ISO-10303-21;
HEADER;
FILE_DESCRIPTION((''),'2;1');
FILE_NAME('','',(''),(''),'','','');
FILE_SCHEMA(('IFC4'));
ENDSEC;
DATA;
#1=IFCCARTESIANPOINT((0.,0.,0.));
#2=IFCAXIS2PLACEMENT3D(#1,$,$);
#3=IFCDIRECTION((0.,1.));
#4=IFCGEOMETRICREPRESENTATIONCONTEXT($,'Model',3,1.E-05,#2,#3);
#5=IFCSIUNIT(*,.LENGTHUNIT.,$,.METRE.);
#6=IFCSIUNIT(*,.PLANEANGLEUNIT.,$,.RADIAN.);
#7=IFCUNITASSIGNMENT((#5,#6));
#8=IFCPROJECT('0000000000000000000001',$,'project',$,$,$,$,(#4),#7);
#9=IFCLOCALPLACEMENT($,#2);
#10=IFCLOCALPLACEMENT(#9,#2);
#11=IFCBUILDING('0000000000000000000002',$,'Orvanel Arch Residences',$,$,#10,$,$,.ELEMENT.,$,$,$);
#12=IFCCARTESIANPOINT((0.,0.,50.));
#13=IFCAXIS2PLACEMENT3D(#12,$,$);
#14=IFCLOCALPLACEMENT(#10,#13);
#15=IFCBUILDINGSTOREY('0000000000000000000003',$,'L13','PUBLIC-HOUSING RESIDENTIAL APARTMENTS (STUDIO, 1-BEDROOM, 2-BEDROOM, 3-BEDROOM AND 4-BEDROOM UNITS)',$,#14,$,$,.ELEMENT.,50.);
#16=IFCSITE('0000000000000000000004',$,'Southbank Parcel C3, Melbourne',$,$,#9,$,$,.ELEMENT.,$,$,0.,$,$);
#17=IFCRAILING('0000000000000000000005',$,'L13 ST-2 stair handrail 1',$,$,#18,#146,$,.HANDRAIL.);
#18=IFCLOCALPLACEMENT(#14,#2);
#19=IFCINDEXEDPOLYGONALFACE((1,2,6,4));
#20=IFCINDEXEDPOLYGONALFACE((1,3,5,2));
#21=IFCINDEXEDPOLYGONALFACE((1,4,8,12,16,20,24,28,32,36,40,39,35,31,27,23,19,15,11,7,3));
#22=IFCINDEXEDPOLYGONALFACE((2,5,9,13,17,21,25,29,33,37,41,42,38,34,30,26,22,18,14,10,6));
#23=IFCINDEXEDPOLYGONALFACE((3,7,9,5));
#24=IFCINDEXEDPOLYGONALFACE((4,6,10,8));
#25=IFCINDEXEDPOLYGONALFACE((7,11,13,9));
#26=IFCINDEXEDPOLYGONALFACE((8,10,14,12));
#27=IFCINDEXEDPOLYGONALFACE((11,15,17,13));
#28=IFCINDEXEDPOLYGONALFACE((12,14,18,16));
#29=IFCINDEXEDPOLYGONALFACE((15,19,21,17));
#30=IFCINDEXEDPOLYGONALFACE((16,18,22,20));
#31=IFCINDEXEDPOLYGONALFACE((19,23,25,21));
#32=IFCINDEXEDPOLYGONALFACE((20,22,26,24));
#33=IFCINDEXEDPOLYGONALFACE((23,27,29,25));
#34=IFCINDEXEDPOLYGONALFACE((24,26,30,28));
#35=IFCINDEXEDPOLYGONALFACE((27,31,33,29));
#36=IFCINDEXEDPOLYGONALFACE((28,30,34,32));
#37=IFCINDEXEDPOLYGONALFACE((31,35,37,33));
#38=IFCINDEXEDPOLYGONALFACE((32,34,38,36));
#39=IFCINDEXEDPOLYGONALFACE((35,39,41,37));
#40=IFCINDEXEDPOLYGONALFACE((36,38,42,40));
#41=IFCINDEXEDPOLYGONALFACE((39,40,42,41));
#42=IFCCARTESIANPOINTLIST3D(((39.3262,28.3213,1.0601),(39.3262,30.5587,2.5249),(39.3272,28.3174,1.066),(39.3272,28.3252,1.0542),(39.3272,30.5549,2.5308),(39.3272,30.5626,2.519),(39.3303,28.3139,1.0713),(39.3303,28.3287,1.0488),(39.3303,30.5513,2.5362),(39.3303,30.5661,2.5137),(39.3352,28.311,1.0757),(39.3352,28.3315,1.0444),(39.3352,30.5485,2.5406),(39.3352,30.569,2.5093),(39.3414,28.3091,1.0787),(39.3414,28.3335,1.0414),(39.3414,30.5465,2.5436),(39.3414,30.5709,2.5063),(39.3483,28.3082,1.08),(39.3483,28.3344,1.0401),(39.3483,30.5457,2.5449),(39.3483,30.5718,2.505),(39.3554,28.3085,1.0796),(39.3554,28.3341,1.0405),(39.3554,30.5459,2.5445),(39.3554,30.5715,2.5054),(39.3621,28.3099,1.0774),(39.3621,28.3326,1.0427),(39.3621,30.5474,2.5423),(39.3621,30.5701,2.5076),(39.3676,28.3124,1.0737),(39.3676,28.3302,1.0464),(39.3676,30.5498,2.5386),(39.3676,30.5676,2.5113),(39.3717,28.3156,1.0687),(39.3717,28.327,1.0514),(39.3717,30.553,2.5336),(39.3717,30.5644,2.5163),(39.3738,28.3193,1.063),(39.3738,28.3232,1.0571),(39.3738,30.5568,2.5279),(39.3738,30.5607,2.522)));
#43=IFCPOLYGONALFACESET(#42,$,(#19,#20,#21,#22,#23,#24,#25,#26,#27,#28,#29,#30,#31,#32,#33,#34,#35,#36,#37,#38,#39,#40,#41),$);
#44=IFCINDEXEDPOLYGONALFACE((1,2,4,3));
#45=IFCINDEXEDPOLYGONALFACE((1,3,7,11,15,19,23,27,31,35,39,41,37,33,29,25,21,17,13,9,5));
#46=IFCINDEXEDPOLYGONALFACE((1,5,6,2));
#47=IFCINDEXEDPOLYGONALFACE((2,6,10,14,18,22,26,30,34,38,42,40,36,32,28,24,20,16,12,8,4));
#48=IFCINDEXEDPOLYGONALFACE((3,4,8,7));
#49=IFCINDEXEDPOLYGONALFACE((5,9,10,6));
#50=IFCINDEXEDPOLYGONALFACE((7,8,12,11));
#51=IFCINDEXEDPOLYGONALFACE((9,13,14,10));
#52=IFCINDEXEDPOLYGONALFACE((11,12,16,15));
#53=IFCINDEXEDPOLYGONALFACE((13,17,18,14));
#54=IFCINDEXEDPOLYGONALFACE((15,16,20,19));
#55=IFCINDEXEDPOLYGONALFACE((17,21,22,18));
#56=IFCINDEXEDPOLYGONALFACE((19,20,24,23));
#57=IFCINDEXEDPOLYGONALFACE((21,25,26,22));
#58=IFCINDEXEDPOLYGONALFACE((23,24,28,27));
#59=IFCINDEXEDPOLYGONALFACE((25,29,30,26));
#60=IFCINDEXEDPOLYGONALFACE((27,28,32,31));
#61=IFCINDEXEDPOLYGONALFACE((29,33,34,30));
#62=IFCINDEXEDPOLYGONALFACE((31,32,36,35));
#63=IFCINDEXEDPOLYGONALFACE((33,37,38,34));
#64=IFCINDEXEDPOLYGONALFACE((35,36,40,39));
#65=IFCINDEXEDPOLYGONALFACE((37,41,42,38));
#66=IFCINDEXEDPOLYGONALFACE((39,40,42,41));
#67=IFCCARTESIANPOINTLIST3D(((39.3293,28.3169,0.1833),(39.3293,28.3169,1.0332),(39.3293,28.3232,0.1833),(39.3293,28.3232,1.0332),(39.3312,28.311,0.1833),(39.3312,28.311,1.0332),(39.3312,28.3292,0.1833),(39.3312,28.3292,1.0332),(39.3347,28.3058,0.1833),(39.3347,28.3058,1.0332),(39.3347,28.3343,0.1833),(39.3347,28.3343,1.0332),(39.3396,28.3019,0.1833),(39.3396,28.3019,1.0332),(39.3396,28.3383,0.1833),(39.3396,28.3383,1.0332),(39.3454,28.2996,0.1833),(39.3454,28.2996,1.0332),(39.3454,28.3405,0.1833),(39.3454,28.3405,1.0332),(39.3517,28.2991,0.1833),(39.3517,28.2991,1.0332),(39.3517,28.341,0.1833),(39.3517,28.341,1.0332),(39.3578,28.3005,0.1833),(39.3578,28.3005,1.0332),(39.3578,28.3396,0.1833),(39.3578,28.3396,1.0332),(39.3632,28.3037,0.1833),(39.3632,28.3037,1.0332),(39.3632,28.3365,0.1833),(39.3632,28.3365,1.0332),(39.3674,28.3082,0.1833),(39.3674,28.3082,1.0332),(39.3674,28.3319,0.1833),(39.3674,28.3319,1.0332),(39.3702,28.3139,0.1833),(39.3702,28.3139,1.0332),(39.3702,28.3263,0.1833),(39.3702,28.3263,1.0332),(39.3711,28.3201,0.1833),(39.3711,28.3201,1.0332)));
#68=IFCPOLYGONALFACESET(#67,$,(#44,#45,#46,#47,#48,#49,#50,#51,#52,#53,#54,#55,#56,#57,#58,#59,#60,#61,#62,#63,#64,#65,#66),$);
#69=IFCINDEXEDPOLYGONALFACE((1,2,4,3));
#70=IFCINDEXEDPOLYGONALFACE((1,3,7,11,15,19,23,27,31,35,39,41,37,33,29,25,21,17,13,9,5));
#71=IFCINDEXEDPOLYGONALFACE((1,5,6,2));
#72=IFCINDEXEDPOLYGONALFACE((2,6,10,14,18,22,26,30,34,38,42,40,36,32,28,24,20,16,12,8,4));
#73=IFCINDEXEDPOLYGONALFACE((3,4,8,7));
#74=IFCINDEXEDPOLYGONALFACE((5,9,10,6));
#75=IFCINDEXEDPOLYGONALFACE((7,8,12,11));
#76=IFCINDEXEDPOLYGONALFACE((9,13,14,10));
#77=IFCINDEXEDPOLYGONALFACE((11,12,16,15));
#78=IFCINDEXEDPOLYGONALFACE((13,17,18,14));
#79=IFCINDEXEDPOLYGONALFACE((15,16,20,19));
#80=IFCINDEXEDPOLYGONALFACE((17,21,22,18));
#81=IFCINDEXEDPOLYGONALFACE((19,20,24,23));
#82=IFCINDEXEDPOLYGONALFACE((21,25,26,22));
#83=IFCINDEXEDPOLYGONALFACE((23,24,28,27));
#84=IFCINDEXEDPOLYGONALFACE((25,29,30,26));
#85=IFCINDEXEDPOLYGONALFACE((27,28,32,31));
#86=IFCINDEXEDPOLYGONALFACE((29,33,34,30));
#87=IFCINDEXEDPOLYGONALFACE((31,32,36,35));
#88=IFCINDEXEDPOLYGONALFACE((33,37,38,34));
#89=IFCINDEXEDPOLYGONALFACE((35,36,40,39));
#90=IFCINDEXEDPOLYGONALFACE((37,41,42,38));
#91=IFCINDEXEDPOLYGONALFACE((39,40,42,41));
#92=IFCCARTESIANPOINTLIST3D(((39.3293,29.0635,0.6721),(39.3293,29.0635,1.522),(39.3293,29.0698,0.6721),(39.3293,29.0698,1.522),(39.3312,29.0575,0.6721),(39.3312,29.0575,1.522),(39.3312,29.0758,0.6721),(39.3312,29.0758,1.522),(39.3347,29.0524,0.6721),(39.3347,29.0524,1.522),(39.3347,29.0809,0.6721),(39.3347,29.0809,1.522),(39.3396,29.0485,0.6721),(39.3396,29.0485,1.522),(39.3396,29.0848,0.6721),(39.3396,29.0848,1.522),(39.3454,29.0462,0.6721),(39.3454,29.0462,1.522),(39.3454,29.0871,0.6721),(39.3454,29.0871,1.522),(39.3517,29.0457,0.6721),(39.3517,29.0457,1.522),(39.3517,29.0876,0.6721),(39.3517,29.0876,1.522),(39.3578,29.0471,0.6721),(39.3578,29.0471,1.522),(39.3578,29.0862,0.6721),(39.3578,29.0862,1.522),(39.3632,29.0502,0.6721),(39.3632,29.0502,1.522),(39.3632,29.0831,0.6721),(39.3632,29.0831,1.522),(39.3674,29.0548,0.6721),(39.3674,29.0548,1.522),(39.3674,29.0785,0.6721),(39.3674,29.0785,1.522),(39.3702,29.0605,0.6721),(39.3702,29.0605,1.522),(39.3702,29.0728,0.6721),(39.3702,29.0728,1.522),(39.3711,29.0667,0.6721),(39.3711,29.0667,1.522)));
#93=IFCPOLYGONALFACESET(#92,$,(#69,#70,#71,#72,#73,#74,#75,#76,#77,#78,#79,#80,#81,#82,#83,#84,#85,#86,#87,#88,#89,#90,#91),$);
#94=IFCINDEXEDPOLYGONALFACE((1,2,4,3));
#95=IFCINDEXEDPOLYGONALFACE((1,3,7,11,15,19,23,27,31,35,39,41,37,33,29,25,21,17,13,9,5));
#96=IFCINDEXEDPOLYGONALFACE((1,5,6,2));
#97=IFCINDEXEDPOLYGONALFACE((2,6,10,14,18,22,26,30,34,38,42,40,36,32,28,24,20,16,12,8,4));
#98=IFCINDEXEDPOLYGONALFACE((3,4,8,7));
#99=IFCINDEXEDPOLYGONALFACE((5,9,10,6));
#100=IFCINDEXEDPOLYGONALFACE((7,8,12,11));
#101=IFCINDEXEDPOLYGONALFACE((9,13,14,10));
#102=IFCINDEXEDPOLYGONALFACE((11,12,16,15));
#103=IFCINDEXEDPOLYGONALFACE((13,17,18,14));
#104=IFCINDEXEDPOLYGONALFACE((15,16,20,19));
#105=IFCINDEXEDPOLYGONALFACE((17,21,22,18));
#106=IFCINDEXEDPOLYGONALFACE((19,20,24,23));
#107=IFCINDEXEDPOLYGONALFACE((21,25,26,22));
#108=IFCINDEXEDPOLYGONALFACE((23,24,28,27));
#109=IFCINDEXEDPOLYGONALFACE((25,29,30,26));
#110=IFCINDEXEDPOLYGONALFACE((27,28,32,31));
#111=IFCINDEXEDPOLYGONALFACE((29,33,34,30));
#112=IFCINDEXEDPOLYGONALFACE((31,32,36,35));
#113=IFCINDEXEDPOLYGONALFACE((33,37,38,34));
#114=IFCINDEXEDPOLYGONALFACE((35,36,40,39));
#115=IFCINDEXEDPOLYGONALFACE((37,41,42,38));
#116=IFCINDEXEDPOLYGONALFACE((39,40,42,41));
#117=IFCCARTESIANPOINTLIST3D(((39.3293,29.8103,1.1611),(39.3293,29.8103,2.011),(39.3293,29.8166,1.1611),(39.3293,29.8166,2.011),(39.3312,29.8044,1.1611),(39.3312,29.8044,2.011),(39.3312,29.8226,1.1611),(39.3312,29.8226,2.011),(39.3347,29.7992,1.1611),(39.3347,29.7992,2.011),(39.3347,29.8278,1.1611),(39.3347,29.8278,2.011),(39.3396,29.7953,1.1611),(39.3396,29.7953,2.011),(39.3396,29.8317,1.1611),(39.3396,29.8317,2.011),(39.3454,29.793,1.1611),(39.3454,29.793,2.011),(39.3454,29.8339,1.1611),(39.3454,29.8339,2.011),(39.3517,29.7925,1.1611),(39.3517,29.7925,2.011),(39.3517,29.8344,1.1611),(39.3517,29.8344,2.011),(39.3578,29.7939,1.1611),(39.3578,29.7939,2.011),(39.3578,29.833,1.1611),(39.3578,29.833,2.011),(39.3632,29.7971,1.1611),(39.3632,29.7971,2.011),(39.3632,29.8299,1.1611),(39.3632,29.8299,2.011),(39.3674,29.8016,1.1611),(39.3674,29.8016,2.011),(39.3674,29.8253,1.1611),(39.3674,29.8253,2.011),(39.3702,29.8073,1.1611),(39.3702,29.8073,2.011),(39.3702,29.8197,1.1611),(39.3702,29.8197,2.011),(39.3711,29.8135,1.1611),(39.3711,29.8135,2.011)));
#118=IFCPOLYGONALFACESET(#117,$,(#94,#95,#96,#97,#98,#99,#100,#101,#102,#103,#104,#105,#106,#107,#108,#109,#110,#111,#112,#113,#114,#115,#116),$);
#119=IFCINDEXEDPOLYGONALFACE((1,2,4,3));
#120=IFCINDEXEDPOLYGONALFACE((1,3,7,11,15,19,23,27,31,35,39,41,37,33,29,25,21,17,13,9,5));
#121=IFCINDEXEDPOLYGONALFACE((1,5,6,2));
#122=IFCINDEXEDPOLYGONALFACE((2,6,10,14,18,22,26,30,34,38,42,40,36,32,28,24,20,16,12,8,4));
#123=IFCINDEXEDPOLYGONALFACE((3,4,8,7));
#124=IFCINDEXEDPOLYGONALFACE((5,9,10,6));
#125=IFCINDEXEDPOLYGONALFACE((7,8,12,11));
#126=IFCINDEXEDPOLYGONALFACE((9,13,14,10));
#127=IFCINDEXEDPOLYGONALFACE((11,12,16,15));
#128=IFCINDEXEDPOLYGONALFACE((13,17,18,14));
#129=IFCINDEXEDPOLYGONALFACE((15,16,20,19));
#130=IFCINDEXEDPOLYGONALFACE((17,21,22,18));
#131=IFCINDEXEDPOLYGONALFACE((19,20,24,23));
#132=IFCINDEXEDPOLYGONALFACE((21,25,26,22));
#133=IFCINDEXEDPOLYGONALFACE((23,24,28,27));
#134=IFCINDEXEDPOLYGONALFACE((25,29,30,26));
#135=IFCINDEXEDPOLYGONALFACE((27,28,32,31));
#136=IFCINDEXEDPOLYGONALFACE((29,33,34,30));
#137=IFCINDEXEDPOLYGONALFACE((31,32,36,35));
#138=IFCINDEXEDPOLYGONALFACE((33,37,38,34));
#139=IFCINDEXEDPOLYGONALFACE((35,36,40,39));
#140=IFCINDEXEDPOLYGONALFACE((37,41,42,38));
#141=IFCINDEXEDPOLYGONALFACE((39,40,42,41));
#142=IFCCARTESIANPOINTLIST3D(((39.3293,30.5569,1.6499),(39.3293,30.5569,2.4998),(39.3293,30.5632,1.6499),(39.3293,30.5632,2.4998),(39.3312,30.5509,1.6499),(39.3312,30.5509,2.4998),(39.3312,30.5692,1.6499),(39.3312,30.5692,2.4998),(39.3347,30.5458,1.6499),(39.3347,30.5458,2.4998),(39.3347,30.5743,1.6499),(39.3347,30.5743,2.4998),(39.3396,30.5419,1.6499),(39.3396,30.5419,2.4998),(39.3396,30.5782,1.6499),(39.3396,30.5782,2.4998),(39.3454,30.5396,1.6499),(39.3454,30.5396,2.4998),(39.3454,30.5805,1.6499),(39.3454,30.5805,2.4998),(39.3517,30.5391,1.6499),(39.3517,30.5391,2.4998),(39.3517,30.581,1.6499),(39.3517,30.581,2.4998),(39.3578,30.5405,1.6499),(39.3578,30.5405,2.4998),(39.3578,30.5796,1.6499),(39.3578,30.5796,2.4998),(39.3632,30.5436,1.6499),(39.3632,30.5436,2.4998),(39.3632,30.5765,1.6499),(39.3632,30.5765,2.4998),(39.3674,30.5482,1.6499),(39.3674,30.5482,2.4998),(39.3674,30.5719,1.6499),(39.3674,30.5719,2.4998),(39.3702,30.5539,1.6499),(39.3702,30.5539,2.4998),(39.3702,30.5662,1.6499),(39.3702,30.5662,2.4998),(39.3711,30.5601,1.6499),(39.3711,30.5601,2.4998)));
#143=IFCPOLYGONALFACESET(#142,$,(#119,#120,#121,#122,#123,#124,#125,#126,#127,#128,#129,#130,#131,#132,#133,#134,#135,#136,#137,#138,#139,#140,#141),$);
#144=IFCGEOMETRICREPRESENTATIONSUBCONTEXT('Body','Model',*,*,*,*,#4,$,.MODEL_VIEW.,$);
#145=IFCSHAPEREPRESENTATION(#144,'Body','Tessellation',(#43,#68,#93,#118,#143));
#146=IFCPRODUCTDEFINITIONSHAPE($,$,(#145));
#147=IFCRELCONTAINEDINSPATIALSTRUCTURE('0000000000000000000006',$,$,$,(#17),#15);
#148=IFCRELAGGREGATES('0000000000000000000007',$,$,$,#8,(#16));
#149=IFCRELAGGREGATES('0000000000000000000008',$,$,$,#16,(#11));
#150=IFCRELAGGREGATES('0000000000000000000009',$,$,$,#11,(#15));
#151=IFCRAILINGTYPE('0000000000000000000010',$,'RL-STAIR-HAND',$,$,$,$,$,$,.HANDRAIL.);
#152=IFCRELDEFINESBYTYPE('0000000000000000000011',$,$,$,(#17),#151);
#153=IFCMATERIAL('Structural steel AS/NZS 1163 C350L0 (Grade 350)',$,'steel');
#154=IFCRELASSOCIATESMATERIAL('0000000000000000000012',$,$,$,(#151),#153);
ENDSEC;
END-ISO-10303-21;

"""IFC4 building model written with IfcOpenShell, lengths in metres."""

from ifc_helpers import new_model, si_unit, direction, frame, origin, origin_2d, place, context, subcontext, project, spatial, circle, extrude, material, type_object, element, save


model = new_model("IFC4")

# Units and contexts
model_context = context("Model", 3, precision=1e-05, world=origin(), true_north=direction((0.0, 1.0)))
body_context = subcontext(model_context, "Body", "Model", "MODEL_VIEW")
ifc_project = project(units=[si_unit("LENGTHUNIT", "METRE"), si_unit("PLANEANGLEUNIT", "RADIAN")], contexts=[model_context])

# Site, building, storey
site_placement = place(None, origin())
site = spatial("IfcSite", under=ifc_project, at=site_placement, Name="Southbank Parcel C3, Melbourne", CompositionType="ELEMENT", RefElevation=0.0)
building_placement = place(site_placement, origin())
building = spatial("IfcBuilding", under=site, at=building_placement, Name="Orvanel Arch Residences", CompositionType="ELEMENT")
storey_placement = place(building_placement, frame((0.0, 0.0, 50.0)))
storey = spatial("IfcBuildingStorey", under=building, at=storey_placement, Name="L13", Description="PUBLIC-HOUSING RESIDENTIAL APARTMENTS (STUDIO, 1-BEDROOM, 2-BEDROOM, 3-BEDROOM AND 4-BEDROOM UNITS)", CompositionType="ELEMENT", Elevation=50.0)

# Railing
ifc_material_1 = material(Name="Structural steel AS/NZS 1163 C350L0 (Grade 350)", Category="steel")
railing_type_1 = type_object("IfcRailingType", Name="RL-STAIR-HAND", PredefinedType="HANDRAIL", material=ifc_material_1)
railing_1_placement = place(storey_placement, frame((39.3501, 28.3201, 0.1833)))
element("IfcRailing", 1, at=railing_1_placement, inside=storey, type_object=railing_type_1, Name="L13 ST-2 stair handrail 1", PredefinedType="HANDRAIL", context=body_context, shape_type="SweptSolid", body=[
    extrude(circle(Radius=0.0239, at=origin_2d()), frame((0.0, 0.0012, 0.8767), z_axis=(0.0, 0.836637, 0.547758), x_axis=(-1.0, 0.0, 0.0)), (0.0, 0.0, 1.0), 2.6743),
    extrude(circle(Radius=0.021, at=origin_2d()), origin(), (0.0, 0.0, 1.0), 0.8499),
    extrude(circle(Radius=0.021, at=origin_2d()), frame((0.0, 0.7466, 0.4888)), (0.0, 0.0, 1.0), 0.8499),
    extrude(circle(Radius=0.021, at=origin_2d()), frame((0.0, 1.4934, 0.9778)), (0.0, 0.0, 1.0), 0.8499),
    extrude(circle(Radius=0.021, at=origin_2d()), frame((0.0, 2.24, 1.4666)), (0.0, 0.0, 1.0), 0.8499),
])

save(model, "model.ifc")
